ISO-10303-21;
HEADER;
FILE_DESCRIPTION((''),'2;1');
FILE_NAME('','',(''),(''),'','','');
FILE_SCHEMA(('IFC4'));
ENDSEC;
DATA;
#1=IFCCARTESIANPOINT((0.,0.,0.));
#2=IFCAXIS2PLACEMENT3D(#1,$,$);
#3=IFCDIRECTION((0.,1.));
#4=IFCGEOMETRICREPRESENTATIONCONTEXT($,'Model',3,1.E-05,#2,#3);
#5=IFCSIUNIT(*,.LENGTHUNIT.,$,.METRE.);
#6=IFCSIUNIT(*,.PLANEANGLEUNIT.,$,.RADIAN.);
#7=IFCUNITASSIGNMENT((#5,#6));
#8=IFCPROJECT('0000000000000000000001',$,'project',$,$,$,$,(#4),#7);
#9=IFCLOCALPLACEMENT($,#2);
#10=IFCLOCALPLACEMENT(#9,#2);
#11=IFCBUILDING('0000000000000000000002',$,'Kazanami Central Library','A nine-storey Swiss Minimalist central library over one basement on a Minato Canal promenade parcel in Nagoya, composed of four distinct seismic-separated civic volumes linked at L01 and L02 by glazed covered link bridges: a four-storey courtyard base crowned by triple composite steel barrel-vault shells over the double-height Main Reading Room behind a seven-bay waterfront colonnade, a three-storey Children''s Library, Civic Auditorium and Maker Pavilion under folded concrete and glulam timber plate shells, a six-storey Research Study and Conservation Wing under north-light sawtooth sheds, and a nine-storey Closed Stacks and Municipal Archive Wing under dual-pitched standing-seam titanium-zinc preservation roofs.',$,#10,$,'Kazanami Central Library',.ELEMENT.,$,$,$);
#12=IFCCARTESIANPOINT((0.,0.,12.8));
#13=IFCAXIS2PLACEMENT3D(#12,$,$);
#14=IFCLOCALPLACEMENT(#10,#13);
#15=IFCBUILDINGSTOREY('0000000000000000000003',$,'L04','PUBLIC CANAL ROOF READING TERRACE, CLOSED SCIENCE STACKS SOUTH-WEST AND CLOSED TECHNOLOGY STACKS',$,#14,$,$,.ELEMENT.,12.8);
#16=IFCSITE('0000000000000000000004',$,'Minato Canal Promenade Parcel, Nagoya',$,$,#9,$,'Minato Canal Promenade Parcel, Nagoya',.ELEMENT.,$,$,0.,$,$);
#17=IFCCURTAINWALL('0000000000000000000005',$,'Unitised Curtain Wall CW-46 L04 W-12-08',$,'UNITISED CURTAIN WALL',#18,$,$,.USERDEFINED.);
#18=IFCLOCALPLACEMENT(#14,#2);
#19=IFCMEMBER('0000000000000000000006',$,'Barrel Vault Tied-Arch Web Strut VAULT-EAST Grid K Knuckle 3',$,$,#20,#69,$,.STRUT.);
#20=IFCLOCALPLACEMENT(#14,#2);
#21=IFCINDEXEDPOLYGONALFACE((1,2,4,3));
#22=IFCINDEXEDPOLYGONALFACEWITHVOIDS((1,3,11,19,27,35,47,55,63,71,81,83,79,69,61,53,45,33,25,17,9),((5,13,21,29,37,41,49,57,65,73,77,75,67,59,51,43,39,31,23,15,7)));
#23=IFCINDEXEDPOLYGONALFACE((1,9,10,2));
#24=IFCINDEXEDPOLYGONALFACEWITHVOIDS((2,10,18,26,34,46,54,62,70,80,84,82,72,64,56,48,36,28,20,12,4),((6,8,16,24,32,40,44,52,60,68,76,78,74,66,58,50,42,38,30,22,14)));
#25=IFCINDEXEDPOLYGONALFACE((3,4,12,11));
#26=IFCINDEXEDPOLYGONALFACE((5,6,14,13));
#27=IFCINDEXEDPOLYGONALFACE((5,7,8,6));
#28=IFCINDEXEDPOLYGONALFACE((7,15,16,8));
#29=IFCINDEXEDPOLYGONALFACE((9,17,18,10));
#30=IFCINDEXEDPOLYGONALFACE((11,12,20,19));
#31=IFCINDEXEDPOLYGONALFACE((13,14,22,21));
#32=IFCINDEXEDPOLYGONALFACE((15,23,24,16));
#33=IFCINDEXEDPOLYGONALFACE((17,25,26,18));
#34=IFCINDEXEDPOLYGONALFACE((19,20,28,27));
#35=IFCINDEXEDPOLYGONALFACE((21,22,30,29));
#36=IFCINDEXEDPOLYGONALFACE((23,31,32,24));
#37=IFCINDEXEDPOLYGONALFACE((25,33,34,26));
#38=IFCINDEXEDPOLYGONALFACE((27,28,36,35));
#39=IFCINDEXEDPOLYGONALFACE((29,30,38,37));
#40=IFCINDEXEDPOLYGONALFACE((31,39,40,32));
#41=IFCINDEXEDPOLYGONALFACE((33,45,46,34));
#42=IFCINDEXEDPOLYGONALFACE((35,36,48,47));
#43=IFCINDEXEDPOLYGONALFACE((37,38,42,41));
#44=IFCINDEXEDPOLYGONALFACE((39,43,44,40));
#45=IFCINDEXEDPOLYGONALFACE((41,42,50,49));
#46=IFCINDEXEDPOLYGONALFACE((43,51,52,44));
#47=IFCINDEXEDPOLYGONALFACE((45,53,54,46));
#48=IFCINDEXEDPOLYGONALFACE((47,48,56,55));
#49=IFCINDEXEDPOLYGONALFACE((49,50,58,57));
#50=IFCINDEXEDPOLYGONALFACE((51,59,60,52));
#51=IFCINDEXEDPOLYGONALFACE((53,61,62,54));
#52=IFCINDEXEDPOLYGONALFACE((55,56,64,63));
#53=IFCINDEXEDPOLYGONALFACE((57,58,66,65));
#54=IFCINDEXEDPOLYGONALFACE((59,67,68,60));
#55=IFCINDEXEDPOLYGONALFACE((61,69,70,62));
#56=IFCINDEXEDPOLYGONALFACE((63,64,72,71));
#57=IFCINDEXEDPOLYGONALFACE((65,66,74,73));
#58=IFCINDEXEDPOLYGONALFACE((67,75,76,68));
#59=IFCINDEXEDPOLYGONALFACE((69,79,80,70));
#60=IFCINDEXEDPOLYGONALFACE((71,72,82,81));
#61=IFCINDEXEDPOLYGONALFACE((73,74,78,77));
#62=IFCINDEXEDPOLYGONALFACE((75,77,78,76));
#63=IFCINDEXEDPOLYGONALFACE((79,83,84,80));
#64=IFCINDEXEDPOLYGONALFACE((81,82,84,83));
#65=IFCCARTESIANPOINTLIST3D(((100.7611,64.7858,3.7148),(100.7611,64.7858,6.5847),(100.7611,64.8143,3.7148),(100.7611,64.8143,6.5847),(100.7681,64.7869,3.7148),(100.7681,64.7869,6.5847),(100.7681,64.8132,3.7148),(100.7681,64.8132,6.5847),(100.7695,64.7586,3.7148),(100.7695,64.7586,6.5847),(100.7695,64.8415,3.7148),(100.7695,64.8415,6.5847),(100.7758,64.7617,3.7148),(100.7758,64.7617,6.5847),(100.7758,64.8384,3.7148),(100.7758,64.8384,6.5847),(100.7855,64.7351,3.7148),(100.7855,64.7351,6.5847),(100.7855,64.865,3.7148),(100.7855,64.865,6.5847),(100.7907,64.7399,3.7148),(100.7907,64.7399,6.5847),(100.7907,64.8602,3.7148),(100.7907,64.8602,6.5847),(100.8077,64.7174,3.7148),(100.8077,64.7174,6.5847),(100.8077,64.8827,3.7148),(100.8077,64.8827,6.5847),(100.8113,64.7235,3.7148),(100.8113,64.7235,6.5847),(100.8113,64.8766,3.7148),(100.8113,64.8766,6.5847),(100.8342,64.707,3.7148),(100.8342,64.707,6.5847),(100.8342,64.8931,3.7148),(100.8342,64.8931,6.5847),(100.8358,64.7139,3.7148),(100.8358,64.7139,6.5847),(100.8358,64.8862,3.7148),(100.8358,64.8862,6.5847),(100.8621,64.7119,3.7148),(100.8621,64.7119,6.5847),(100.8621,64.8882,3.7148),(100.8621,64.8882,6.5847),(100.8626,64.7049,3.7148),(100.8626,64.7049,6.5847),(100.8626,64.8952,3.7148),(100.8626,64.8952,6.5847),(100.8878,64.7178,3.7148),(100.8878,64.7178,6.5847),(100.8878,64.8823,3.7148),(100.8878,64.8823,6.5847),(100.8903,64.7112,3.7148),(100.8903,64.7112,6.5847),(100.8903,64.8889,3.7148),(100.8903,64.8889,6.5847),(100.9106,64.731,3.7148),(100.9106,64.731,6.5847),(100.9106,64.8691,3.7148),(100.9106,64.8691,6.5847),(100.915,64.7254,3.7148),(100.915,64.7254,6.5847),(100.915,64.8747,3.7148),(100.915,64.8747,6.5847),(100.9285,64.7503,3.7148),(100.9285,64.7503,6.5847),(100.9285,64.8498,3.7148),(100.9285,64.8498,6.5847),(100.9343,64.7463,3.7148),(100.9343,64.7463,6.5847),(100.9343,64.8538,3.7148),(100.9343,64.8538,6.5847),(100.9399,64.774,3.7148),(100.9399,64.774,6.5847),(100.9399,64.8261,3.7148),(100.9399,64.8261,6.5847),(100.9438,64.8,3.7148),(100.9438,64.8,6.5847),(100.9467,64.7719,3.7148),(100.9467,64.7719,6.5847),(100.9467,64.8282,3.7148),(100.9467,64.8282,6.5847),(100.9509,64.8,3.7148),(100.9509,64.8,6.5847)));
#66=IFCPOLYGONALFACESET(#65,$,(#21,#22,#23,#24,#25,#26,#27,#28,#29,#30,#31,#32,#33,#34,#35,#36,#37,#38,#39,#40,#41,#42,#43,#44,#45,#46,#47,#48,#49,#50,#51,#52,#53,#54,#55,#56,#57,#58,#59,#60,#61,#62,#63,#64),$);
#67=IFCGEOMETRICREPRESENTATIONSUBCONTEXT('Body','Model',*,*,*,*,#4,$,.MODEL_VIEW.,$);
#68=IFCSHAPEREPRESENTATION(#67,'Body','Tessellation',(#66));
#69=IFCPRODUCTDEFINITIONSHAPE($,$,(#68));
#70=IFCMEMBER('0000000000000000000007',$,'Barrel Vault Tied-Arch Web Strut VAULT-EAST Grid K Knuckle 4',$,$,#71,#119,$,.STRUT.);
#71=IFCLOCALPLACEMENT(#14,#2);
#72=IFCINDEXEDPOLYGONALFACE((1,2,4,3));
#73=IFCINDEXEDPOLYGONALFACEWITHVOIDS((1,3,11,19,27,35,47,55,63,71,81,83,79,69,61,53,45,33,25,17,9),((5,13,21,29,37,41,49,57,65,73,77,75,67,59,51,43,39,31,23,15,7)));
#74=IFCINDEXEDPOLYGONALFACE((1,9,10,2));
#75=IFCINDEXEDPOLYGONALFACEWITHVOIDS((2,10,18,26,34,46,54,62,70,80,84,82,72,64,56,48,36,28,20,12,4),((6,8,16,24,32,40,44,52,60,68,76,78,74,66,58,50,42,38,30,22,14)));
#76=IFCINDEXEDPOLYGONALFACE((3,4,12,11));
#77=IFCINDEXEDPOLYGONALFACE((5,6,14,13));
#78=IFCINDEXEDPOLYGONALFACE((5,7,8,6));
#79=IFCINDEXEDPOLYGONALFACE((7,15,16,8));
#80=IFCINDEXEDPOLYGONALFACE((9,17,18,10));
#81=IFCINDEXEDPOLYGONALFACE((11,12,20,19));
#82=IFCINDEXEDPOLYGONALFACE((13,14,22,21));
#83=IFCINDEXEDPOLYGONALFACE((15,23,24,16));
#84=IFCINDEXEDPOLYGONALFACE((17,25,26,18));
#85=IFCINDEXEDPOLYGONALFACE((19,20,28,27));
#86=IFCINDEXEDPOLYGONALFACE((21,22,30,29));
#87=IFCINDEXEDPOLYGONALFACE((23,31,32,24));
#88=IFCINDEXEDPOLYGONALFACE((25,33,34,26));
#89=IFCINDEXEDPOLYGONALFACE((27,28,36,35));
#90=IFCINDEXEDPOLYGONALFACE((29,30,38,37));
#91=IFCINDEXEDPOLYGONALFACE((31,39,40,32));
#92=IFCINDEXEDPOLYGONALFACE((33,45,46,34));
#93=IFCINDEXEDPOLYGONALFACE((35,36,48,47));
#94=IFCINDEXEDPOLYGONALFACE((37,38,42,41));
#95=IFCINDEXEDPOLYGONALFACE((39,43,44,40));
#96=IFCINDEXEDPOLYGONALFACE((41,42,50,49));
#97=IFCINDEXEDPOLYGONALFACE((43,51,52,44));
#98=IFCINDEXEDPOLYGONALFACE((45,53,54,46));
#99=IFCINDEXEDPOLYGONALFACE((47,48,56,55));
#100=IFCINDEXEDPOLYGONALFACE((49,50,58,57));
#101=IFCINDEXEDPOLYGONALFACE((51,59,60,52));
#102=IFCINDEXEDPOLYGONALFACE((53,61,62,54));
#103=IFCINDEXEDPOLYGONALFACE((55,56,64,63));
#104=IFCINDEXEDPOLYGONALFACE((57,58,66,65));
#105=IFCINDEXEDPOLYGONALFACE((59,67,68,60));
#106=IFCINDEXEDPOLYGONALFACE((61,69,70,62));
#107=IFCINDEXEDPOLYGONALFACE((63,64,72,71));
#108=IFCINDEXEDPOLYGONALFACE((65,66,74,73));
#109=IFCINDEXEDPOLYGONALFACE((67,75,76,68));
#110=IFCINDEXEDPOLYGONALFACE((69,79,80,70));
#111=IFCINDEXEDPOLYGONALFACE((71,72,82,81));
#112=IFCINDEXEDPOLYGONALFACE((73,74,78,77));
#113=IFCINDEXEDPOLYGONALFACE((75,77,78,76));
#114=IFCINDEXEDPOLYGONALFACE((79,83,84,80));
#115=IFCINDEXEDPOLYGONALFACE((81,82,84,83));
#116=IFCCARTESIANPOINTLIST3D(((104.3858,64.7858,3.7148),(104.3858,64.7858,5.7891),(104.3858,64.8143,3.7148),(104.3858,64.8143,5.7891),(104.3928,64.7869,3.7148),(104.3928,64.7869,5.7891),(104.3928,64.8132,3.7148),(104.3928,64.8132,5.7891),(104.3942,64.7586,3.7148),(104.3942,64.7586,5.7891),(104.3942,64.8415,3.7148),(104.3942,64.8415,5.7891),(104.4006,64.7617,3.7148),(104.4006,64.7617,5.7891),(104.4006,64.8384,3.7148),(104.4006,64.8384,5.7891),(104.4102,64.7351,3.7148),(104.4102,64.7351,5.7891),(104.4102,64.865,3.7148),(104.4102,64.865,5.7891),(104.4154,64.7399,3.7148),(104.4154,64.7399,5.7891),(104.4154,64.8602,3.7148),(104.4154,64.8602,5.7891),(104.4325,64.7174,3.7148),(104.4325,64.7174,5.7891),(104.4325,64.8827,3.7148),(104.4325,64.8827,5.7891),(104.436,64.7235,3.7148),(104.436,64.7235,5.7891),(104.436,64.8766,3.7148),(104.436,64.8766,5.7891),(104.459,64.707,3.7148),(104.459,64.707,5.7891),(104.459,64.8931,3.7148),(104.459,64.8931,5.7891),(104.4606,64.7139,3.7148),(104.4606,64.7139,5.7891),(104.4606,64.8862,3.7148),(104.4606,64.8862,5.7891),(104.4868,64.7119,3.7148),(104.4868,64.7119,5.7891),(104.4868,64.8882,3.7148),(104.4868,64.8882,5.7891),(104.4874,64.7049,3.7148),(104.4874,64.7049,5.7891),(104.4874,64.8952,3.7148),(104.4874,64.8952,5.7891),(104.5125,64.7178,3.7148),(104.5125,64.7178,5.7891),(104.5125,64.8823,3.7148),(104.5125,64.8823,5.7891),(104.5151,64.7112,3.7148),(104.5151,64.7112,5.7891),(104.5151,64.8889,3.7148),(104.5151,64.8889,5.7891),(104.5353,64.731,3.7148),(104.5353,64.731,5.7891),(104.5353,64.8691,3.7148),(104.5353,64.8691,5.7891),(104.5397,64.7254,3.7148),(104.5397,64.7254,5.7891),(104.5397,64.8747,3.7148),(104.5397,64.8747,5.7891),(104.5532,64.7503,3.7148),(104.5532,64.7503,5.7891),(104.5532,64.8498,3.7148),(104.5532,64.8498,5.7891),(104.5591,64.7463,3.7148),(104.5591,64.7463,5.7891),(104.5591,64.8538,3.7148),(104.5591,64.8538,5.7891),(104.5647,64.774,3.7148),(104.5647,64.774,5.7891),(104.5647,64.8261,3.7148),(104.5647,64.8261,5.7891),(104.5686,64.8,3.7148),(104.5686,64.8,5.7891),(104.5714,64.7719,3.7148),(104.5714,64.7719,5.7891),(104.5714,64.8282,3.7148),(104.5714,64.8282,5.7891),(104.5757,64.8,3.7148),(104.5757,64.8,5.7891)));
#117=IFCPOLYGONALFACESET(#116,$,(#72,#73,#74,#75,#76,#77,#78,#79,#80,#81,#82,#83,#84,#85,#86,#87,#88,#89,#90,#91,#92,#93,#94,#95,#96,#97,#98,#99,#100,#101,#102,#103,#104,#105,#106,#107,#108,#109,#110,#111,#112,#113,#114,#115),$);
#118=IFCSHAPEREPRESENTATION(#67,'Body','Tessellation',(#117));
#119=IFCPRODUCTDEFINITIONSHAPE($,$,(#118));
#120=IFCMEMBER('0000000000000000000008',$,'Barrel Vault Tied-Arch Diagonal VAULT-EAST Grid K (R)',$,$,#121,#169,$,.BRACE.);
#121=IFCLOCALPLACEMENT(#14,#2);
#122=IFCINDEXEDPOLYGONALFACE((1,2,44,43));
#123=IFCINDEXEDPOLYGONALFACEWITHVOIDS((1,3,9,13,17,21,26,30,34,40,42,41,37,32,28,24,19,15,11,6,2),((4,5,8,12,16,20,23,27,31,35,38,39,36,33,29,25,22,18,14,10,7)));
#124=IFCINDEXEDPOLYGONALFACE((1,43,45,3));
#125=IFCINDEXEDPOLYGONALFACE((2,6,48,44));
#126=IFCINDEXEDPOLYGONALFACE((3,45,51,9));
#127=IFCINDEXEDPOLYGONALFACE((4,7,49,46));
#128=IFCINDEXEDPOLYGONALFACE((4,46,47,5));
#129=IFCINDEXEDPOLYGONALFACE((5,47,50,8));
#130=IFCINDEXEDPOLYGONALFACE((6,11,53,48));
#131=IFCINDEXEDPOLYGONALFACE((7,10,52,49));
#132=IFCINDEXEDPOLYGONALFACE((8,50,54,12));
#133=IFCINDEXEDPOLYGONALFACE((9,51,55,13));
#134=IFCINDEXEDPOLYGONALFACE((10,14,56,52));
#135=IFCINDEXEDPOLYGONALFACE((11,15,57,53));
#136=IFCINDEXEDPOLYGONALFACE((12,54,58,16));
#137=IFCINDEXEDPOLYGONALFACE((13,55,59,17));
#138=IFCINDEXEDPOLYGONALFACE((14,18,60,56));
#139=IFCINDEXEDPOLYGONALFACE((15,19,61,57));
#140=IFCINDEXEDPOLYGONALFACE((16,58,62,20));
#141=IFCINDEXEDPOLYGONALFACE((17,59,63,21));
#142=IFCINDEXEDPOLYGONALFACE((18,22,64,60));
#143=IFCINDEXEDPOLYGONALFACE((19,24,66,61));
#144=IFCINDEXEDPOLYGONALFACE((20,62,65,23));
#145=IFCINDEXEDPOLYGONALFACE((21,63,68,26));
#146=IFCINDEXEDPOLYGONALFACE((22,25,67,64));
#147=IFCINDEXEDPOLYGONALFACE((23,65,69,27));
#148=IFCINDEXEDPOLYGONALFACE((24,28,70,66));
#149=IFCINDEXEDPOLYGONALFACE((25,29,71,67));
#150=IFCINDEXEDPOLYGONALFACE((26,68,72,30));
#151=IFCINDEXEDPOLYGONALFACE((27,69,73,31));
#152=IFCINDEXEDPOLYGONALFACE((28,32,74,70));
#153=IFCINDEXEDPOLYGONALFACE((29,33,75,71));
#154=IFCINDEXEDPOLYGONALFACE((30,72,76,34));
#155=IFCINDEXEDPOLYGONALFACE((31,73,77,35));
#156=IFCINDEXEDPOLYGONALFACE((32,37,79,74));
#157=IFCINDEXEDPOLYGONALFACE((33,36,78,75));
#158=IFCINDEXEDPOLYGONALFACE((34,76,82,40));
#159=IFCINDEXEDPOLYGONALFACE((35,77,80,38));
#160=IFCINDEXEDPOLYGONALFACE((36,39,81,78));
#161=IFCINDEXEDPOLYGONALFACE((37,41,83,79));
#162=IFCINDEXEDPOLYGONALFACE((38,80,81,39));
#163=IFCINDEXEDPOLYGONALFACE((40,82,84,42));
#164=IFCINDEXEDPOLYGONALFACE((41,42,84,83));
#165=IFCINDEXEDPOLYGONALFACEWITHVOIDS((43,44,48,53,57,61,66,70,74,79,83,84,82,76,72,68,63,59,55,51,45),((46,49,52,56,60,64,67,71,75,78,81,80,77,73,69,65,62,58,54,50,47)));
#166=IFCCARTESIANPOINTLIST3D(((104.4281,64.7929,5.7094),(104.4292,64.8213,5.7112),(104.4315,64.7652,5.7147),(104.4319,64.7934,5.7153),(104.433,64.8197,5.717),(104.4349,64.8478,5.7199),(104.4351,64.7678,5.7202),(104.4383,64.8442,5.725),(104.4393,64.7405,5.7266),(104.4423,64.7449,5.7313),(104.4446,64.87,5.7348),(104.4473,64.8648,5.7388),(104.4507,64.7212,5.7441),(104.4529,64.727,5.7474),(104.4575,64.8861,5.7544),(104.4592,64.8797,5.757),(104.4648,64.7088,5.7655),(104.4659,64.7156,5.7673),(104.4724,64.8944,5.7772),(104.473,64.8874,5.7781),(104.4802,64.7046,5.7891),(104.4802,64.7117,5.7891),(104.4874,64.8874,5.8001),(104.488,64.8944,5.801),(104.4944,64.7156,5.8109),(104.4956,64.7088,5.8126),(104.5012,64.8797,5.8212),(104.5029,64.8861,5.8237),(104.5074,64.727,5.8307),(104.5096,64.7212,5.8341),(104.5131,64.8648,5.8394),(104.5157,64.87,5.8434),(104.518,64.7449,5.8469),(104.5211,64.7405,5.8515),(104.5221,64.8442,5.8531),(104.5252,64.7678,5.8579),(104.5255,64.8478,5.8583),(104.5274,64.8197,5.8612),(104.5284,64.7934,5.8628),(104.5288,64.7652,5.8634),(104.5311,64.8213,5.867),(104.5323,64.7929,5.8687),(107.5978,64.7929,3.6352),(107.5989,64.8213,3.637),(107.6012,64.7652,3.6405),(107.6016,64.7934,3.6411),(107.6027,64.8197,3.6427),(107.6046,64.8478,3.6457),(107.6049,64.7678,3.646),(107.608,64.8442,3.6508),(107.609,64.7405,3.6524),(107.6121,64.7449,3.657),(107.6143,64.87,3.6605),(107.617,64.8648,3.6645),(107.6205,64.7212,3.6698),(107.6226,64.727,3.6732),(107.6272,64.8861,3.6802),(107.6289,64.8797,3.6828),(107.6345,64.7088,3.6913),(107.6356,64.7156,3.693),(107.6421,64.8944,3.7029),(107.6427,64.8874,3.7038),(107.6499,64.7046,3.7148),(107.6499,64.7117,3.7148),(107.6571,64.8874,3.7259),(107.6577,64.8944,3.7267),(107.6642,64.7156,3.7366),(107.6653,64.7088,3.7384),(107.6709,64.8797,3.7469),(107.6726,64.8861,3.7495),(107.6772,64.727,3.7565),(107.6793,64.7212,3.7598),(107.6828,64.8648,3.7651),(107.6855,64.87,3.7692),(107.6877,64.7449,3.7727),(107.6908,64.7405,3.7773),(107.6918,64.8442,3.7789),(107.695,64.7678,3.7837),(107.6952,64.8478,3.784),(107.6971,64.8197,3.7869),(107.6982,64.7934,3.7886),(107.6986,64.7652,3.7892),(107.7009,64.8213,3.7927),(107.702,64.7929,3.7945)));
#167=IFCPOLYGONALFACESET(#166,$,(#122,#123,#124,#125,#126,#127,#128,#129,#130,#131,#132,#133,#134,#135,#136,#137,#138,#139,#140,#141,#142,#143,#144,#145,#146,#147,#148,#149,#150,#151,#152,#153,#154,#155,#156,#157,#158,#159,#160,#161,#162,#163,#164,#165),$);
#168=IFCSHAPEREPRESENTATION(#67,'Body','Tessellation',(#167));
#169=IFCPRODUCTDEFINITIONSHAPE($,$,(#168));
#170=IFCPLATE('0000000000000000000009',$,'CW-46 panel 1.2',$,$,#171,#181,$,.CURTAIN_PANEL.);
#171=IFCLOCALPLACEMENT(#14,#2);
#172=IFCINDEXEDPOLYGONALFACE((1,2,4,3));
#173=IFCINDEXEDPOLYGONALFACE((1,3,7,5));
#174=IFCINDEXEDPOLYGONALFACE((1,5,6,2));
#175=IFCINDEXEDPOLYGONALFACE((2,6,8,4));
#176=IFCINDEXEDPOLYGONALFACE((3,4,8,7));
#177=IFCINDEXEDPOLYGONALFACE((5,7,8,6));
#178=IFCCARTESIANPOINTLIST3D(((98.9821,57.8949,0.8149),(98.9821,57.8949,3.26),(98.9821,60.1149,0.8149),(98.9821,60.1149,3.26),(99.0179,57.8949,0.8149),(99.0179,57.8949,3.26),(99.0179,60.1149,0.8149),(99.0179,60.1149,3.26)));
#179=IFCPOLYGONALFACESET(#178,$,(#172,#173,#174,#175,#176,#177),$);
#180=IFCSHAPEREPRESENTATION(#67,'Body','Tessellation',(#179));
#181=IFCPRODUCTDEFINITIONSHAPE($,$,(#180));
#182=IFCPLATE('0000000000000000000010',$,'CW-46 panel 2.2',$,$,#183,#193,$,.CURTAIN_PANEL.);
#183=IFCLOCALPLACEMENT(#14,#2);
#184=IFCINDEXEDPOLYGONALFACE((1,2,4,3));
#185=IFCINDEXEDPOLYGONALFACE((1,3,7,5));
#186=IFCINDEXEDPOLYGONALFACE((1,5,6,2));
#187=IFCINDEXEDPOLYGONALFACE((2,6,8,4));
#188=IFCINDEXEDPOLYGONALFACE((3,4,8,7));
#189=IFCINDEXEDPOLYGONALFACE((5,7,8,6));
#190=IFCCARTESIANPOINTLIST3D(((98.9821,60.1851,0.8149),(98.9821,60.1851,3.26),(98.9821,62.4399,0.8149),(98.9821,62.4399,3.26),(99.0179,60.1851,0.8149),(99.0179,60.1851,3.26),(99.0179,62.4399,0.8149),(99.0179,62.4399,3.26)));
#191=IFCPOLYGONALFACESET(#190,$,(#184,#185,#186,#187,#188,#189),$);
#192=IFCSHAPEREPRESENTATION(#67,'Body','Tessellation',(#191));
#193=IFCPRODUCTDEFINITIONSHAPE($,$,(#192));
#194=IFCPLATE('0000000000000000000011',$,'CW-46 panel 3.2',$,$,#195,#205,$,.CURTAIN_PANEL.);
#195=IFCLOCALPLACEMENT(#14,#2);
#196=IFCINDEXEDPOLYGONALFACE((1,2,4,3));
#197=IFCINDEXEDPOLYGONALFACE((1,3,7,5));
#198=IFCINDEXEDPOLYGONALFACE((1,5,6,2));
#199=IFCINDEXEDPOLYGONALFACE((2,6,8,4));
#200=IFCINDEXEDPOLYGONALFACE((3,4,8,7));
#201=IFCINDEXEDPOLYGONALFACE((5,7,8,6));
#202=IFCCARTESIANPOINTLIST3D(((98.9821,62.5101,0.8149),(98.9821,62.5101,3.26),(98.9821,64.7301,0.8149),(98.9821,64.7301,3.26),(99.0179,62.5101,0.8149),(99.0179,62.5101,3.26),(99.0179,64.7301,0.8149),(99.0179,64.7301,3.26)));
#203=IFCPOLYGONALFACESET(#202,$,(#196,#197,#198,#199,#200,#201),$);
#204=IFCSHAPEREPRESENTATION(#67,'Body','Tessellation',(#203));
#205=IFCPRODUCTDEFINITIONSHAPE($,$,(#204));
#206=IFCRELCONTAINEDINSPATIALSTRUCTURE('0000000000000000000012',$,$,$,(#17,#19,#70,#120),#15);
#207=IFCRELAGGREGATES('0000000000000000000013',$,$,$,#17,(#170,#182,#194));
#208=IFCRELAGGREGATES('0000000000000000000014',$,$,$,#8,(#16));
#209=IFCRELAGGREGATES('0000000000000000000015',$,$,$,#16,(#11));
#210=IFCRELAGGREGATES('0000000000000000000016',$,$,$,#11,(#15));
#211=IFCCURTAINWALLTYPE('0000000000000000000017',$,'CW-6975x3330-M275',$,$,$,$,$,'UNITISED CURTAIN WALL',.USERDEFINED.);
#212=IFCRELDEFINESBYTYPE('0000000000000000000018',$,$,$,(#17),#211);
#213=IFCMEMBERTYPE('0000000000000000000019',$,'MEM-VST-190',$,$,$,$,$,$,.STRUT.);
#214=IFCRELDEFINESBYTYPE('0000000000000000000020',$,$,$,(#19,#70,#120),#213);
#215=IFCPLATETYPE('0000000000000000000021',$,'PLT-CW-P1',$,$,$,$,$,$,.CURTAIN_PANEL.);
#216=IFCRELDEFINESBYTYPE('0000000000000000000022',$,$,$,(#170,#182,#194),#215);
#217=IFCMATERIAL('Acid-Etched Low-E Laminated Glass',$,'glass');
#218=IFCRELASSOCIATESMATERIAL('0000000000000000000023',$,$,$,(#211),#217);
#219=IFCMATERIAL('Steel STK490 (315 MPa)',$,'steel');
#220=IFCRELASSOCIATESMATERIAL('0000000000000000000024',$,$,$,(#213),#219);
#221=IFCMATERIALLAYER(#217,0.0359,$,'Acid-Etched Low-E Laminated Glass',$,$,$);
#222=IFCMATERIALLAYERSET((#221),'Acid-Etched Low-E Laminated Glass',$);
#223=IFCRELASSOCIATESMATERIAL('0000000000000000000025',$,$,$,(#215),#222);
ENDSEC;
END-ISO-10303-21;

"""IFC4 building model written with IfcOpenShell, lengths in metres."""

from ifc_helpers import new_model, si_unit, direction, frame, origin, origin_2d, place, context, subcontext, project, spatial, rectangle, hollow_circle, extrude, material, layer, layer_set, material_profile, profile_set, type_object, element, aggregate, save


model = new_model("IFC4")

# Units and contexts
model_context = context("Model", 3, precision=1e-05, world=origin(), true_north=direction((0.0, 1.0)))
body_context = subcontext(model_context, "Body", "Model", "MODEL_VIEW")
ifc_project = project(units=[si_unit("LENGTHUNIT", "METRE"), si_unit("PLANEANGLEUNIT", "RADIAN")], contexts=[model_context])

# Site, building, storey
site_placement = place(None, origin())
site = spatial("IfcSite", under=ifc_project, at=site_placement, Name="Minato Canal Promenade Parcel, Nagoya", LongName="Minato Canal Promenade Parcel, Nagoya", CompositionType="ELEMENT", RefElevation=0.0)
building_placement = place(site_placement, origin())
building = spatial("IfcBuilding", under=site, at=building_placement, Name="Kazanami Central Library", Description="A nine-storey Swiss Minimalist central library over one basement on a Minato Canal promenade parcel in Nagoya, composed of four distinct seismic-separated civic volumes linked at L01 and L02 by glazed covered link bridges: a four-storey courtyard base crowned by triple composite steel barrel-vault shells over the double-height Main Reading Room behind a seven-bay waterfront colonnade, a three-storey Children's Library, Civic Auditorium and Maker Pavilion under folded concrete and glulam timber plate shells, a six-storey Research Study and Conservation Wing under north-light sawtooth sheds, and a nine-storey Closed Stacks and Municipal Archive Wing under dual-pitched standing-seam titanium-zinc preservation roofs.", LongName="Kazanami Central Library", CompositionType="ELEMENT")
storey_placement = place(building_placement, frame((0.0, 0.0, 12.8)))
storey = spatial("IfcBuildingStorey", under=building, at=storey_placement, Name="L04", Description="PUBLIC CANAL ROOF READING TERRACE, CLOSED SCIENCE STACKS SOUTH-WEST AND CLOSED TECHNOLOGY STACKS", CompositionType="ELEMENT", Elevation=12.8)

# Curtain wall
ifc_material_1 = material(Name="Acid-Etched Low-E Laminated Glass", Category="glass")
curtain_wall_type = type_object("IfcCurtainWallType", Name="CW-6975x3330-M275", ElementType="UNITISED CURTAIN WALL", PredefinedType="USERDEFINED", material=ifc_material_1)
curtain_wall_placement = place(storey_placement, origin())
curtain_wall = element("IfcCurtainWall", 1, at=curtain_wall_placement, inside=storey, type_object=curtain_wall_type, Name="Unitised Curtain Wall CW-46 L04 W-12-08", ObjectType="UNITISED CURTAIN WALL", PredefinedType="USERDEFINED")

# Members
ifc_material_2 = material(Name="Steel STK490 (315 MPa)", Category="steel")
ifc_material_profile_1 = material_profile(ifc_material_2, hollow_circle(Radius=0.0955, WallThickness=0.0071, at=origin_2d()), Name="CHS-190.7x7.0")
ifc_profile_set_1 = profile_set([ifc_material_profile_1], Name="Steel STK490 (315 MPa)")
member_type_1 = type_object("IfcMemberType", Name="MEM-VST-190", PredefinedType="STRUT", material=ifc_profile_set_1)
member_1_placement = place(storey_placement, frame((100.8555, 64.8, 3.7148), z_axis=(0.0, 0.0, 1.0), x_axis=(1.0, 0.0, 0.0)))
element("IfcMember", 2, at=member_1_placement, inside=storey, type_object=member_type_1, Name="Barrel Vault Tied-Arch Web Strut VAULT-EAST Grid K Knuckle 3", PredefinedType="STRUT", context=body_context, shape_type="SweptSolid", body=[
    extrude(hollow_circle(Radius=0.0955, WallThickness=0.0071, at=origin_2d()), origin(), (0.0, 0.0, 1.0), 2.8699),
])
member_2_placement = place(storey_placement, frame((104.4802, 64.8, 3.7148), z_axis=(0.0, 0.0, 1.0), x_axis=(1.0, 0.0, 0.0)))
element("IfcMember", 3, at=member_2_placement, inside=storey, type_object=member_type_1, Name="Barrel Vault Tied-Arch Web Strut VAULT-EAST Grid K Knuckle 4", PredefinedType="STRUT", context=body_context, shape_type="SweptSolid", body=[
    extrude(hollow_circle(Radius=0.0955, WallThickness=0.0071, at=origin_2d()), origin(), (0.0, 0.0, 1.0), 2.0742),
])
member_3_placement = place(storey_placement, frame((107.6499, 64.8, 3.7148), z_axis=(-0.83676, 0.0, 0.547571), x_axis=(0.0, -1.0, 0.0)))
element("IfcMember", 4, at=member_3_placement, inside=storey, type_object=member_type_1, Name="Barrel Vault Tied-Arch Diagonal VAULT-EAST Grid K (R)", PredefinedType="BRACE", context=body_context, shape_type="SweptSolid", body=[
    extrude(hollow_circle(Radius=0.0955, WallThickness=0.0071, at=origin_2d()), origin(), (0.0, 0.0, 1.0), 3.7881),
])

# Plates
ifc_layer_1 = layer(ifc_material_1, 0.0359, Name="Acid-Etched Low-E Laminated Glass")
ifc_layer_set_1 = layer_set([ifc_layer_1], Name="Acid-Etched Low-E Laminated Glass")
plate_type_1 = type_object("IfcPlateType", Name="PLT-CW-P1", PredefinedType="CURTAIN_PANEL", material=ifc_layer_set_1)
plate_1_placement = place(storey_placement, frame((99.0, 59.0049, 0.8149), z_axis=(0.0, 0.0, 1.0), x_axis=(0.0, 1.0, 0.0)))
plate_1 = element("IfcPlate", 5, at=plate_1_placement, type_object=plate_type_1, Name="CW-46 panel 1.2", PredefinedType="CURTAIN_PANEL", context=body_context, shape_type="SweptSolid", body=[
    extrude(rectangle(XDim=2.22, YDim=0.0359, at=origin_2d()), origin(), (0.0, 0.0, 1.0), 2.4451),
])
plate_2_placement = place(storey_placement, frame((99.0, 61.3125, 0.8149), z_axis=(0.0, 0.0, 1.0), x_axis=(0.0, 1.0, 0.0)))
plate_2 = element("IfcPlate", 6, at=plate_2_placement, type_object=plate_type_1, Name="CW-46 panel 2.2", PredefinedType="CURTAIN_PANEL", context=body_context, shape_type="SweptSolid", body=[
    extrude(rectangle(XDim=2.2549, YDim=0.0359, at=origin_2d()), origin(), (0.0, 0.0, 1.0), 2.4451),
])
plate_3_placement = place(storey_placement, frame((99.0, 63.6201, 0.8149), z_axis=(0.0, 0.0, 1.0), x_axis=(0.0, 1.0, 0.0)))
plate_3 = element("IfcPlate", 7, at=plate_3_placement, type_object=plate_type_1, Name="CW-46 panel 3.2", PredefinedType="CURTAIN_PANEL", context=body_context, shape_type="SweptSolid", body=[
    extrude(rectangle(XDim=2.22, YDim=0.0359, at=origin_2d()), origin(), (0.0, 0.0, 1.0), 2.4451),
])
aggregate(curtain_wall, [plate_1, plate_2, plate_3])

save(model, "model.ifc")
